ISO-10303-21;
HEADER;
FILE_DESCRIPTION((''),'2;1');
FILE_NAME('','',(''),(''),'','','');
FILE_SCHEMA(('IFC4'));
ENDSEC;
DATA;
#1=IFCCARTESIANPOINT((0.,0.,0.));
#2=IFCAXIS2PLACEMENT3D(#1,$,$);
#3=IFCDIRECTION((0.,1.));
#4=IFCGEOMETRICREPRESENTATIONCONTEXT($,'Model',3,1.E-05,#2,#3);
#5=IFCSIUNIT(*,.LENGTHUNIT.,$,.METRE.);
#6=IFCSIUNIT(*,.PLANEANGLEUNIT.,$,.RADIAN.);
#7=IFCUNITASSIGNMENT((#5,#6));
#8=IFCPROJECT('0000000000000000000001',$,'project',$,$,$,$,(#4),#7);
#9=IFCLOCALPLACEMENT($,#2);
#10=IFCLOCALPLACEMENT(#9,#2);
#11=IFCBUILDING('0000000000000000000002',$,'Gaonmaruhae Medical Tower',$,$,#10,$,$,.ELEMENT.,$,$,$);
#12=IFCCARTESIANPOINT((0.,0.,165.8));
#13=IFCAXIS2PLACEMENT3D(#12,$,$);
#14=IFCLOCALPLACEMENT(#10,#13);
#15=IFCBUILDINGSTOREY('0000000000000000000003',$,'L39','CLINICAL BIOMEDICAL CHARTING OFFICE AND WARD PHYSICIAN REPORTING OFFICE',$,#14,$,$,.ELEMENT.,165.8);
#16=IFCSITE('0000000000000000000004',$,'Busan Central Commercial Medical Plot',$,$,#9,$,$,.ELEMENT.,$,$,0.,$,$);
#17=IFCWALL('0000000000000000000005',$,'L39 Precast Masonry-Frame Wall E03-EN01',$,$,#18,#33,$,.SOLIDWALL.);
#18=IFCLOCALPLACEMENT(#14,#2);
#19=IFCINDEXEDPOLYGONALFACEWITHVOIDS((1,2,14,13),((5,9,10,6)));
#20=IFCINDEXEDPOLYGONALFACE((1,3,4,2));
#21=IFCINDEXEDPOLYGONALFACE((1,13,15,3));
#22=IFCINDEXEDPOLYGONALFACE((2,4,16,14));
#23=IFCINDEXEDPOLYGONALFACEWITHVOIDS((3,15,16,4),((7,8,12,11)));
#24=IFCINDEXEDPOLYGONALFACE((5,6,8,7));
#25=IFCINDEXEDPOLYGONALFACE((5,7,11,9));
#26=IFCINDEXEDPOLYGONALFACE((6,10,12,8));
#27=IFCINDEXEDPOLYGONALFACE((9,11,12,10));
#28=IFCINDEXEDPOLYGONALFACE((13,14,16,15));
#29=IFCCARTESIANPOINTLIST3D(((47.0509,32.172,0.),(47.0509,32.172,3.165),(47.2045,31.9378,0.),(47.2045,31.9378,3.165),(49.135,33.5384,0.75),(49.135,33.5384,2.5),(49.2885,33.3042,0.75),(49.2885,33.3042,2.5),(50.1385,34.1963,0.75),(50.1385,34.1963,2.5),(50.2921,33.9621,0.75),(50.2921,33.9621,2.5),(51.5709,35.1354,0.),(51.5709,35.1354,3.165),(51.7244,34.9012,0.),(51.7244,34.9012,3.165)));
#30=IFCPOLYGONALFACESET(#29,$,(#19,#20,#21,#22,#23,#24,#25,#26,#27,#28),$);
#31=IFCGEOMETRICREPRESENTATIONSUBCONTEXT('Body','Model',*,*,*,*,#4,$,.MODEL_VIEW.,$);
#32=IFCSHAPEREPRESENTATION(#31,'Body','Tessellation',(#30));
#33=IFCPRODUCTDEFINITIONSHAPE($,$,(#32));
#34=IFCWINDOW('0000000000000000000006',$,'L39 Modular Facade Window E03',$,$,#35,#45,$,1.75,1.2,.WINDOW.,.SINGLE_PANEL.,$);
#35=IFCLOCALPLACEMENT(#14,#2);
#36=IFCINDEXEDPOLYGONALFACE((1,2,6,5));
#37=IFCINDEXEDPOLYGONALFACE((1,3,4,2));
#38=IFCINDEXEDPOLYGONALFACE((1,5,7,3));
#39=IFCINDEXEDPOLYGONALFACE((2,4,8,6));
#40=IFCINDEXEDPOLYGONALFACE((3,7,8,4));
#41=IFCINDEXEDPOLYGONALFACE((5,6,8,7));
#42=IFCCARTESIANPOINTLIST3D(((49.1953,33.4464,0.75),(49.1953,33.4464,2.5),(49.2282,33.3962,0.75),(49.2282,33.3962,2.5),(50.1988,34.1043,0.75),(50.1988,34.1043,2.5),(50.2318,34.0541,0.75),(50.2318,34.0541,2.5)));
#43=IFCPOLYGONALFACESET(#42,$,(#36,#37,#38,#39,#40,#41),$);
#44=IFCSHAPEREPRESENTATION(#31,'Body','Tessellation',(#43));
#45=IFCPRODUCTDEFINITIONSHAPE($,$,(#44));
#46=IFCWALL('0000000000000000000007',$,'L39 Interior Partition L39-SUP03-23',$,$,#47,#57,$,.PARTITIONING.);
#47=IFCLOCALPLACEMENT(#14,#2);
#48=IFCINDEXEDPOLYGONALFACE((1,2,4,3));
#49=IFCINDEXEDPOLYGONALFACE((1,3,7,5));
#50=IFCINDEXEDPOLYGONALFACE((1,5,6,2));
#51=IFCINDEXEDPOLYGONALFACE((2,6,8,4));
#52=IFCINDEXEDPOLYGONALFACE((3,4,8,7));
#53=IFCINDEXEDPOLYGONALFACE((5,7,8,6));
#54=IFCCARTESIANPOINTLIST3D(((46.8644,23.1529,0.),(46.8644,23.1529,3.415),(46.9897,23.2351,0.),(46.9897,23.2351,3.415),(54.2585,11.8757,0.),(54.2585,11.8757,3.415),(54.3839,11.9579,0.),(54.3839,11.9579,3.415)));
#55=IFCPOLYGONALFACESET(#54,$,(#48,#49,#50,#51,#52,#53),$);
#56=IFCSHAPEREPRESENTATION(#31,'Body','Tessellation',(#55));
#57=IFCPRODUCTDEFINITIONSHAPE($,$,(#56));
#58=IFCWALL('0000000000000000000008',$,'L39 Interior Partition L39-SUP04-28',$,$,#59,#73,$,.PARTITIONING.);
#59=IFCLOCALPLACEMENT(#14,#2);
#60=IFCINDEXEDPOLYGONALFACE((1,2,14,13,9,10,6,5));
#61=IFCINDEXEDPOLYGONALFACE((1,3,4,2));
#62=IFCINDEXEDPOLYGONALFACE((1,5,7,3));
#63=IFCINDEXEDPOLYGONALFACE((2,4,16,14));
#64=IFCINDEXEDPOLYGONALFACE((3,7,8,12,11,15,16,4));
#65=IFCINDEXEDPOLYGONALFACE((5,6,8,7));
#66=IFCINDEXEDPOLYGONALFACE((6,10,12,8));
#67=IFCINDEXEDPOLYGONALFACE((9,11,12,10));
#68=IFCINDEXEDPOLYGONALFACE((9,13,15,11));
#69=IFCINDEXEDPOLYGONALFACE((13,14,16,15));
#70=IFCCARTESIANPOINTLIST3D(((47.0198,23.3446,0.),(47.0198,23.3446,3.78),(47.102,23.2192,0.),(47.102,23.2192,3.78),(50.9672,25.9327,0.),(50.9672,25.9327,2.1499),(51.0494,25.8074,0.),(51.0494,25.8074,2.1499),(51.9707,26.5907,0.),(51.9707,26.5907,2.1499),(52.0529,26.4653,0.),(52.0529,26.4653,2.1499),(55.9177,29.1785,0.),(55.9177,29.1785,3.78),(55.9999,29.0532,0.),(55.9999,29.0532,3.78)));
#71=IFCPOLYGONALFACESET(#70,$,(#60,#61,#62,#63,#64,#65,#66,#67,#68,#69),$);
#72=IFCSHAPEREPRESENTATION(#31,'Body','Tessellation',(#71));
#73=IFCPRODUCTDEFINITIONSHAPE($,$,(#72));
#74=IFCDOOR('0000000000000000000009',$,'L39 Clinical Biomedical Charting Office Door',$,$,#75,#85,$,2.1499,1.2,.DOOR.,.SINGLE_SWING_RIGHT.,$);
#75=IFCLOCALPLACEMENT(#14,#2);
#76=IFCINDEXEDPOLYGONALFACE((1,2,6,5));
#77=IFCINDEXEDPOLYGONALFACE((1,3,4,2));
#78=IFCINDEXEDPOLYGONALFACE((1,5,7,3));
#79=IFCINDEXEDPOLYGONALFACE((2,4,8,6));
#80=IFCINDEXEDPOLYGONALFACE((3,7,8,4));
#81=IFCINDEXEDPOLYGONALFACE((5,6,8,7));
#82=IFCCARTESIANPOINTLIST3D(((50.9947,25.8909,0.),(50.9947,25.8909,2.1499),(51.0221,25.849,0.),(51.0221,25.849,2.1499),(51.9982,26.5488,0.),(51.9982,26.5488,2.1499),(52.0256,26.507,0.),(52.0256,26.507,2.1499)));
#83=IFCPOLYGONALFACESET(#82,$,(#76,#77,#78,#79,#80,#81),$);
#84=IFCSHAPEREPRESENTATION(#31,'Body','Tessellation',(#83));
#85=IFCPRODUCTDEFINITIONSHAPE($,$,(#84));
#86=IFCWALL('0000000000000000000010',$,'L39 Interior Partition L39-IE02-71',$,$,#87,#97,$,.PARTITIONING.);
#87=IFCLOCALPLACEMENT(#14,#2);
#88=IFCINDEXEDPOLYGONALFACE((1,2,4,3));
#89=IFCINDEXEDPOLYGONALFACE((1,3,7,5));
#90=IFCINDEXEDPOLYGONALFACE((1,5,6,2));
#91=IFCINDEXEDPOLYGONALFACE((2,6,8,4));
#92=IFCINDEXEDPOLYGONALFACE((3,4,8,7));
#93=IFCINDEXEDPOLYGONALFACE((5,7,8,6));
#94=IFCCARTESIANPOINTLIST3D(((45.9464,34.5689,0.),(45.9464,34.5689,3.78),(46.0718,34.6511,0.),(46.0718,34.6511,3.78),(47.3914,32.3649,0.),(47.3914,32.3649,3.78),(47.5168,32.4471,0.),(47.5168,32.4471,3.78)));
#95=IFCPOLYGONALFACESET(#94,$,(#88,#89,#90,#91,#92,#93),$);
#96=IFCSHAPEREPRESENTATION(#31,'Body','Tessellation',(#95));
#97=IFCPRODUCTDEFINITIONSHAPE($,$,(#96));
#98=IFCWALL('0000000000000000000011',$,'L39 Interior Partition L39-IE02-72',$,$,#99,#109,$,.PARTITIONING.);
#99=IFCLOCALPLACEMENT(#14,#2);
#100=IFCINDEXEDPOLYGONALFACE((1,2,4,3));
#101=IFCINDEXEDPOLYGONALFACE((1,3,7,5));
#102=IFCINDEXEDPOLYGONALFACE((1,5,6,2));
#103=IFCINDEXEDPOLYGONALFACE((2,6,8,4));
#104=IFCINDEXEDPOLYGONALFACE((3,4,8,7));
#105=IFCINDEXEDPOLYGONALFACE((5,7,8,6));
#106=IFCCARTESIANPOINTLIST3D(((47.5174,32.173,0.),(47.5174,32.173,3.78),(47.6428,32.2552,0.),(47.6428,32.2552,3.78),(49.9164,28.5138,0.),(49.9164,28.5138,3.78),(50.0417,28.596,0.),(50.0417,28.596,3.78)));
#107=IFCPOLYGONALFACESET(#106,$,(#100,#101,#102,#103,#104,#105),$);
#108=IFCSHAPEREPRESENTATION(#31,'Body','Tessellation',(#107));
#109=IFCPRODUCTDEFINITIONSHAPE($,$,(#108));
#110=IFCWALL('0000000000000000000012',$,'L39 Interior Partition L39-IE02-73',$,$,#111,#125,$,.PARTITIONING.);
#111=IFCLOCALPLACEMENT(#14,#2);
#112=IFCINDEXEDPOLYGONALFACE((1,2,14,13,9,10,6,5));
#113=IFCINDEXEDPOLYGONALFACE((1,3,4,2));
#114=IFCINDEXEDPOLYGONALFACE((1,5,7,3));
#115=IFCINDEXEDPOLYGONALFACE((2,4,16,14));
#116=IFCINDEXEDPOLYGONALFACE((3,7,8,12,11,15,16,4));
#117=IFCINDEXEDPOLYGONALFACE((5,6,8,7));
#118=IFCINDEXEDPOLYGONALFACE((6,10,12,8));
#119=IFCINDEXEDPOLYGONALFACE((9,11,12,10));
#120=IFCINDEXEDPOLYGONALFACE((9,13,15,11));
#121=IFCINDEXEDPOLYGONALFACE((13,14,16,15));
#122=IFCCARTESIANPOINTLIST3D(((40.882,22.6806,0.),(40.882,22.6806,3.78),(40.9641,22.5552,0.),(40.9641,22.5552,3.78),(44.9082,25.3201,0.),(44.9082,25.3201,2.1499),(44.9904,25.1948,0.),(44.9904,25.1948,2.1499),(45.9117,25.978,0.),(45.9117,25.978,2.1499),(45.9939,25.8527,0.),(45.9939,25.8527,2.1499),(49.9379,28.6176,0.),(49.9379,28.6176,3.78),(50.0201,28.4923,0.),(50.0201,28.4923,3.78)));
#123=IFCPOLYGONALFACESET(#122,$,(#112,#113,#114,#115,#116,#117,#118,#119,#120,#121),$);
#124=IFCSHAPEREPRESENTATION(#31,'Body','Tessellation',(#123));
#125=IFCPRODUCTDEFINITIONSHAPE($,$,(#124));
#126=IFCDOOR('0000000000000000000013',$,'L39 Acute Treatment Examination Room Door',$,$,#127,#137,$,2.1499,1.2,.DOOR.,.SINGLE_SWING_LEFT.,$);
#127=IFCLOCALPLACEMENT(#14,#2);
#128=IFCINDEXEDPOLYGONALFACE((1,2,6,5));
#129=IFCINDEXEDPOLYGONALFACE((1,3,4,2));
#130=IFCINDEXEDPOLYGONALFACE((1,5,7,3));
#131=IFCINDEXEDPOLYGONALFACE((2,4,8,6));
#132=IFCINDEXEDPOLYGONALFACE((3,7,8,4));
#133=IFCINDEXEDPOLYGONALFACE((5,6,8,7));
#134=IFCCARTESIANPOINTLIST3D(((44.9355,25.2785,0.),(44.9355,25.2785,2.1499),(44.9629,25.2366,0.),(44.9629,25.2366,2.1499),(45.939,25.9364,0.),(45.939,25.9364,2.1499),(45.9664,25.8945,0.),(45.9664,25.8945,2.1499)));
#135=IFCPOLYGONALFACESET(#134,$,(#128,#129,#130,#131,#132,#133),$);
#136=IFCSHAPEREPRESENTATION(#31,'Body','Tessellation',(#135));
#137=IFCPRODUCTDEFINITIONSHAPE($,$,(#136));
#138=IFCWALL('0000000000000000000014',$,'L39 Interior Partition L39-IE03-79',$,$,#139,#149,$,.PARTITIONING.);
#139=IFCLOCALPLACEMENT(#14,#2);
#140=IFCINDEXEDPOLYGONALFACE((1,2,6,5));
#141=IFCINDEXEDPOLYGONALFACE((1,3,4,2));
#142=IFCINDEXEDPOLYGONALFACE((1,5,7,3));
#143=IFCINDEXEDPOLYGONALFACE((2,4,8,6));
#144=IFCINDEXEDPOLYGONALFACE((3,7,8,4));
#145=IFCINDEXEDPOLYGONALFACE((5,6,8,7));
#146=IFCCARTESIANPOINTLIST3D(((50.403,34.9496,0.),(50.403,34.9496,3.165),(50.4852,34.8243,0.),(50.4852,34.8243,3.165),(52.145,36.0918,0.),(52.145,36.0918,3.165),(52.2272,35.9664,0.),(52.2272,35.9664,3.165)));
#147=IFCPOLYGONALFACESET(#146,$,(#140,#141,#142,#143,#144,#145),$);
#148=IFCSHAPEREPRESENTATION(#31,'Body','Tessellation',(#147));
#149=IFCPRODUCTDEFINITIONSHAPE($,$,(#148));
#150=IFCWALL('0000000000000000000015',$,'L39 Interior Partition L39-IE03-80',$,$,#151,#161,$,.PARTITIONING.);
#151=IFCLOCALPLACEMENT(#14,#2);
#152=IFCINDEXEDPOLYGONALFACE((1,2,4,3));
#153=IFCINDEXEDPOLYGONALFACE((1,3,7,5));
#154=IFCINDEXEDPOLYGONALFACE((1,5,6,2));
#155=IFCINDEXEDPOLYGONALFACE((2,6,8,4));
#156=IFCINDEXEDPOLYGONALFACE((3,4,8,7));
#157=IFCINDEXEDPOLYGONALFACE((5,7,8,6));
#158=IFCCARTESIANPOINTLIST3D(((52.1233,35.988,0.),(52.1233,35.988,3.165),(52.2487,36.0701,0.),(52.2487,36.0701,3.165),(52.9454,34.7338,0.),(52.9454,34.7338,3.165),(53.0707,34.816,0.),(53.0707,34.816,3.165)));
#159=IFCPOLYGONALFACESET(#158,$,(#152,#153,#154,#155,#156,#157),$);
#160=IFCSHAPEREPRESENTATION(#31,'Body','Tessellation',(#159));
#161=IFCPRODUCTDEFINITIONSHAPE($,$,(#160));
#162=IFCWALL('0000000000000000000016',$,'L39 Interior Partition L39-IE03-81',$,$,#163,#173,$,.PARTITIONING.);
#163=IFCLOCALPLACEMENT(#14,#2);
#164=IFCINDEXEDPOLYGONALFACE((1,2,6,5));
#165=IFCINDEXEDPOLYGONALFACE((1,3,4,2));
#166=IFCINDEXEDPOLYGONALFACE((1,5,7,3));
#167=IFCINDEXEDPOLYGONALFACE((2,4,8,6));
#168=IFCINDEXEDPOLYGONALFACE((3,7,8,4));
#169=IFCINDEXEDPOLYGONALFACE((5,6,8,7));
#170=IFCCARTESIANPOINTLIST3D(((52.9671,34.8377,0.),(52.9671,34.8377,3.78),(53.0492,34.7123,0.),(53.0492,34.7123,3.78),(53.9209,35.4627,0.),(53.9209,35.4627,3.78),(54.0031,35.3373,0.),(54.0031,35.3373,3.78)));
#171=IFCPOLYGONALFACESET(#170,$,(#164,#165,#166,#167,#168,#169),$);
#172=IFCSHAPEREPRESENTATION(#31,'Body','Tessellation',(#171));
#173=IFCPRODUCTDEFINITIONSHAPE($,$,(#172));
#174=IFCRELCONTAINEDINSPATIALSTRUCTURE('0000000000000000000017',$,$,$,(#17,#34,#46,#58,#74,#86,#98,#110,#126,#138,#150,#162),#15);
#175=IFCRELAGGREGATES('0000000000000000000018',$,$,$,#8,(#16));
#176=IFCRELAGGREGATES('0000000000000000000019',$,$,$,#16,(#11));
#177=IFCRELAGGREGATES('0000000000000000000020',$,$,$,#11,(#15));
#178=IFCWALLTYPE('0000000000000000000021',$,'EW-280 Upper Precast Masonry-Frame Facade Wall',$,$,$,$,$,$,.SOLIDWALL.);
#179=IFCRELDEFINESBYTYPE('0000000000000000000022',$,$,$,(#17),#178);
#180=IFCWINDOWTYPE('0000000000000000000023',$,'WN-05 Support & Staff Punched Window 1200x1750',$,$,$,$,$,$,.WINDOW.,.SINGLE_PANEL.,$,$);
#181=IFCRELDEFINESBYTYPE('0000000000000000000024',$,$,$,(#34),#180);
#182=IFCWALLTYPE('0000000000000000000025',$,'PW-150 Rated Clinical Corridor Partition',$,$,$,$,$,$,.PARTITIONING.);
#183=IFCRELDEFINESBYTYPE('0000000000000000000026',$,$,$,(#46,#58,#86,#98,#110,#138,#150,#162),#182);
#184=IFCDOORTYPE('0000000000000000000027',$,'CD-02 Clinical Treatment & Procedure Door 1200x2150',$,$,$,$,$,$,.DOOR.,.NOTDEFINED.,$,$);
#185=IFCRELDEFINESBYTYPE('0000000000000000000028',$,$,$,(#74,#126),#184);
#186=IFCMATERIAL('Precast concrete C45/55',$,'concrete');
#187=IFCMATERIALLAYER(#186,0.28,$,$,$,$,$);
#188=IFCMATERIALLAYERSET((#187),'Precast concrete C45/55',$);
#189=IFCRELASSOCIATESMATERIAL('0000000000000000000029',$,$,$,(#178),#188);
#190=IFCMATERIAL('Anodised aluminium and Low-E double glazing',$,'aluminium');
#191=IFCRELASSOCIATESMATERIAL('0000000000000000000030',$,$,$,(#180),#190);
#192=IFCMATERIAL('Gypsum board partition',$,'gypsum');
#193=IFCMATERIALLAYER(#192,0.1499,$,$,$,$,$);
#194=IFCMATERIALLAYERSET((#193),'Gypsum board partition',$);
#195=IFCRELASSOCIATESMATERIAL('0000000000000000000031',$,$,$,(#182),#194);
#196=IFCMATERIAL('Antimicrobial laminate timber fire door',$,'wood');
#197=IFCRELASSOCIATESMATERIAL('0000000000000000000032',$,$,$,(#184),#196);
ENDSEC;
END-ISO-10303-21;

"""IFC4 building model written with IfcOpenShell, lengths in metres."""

from ifc_helpers import new_model, si_unit, direction, frame, frame_2d, origin, place, context, subcontext, project, spatial, rectangle, extrude, material, layer, layer_set, type_object, element, fill, save


model = new_model("IFC4")

# Units and contexts
model_context = context("Model", 3, precision=1e-05, world=origin(), true_north=direction((0.0, 1.0)))
body_context = subcontext(model_context, "Body", "Model", "MODEL_VIEW")
ifc_project = project(units=[si_unit("LENGTHUNIT", "METRE"), si_unit("PLANEANGLEUNIT", "RADIAN")], contexts=[model_context])

# Site, building, storey
site_placement = place(None, origin())
site = spatial("IfcSite", under=ifc_project, at=site_placement, Name="Busan Central Commercial Medical Plot", CompositionType="ELEMENT", RefElevation=0.0)
building_placement = place(site_placement, origin())
building = spatial("IfcBuilding", under=site, at=building_placement, Name="Gaonmaruhae Medical Tower", CompositionType="ELEMENT")
storey_placement = place(building_placement, frame((0.0, 0.0, 165.8)))
storey = spatial("IfcBuildingStorey", under=building, at=storey_placement, Name="L39", Description="CLINICAL BIOMEDICAL CHARTING OFFICE AND WARD PHYSICIAN REPORTING OFFICE", CompositionType="ELEMENT", Elevation=165.8)

# Shared definitions
ifc_material_1 = material(Name="Precast concrete C45/55", Category="concrete")
ifc_layer_1 = layer(ifc_material_1, 0.28)
ifc_layer_set_1 = layer_set([ifc_layer_1], Name="Precast concrete C45/55")
wall_type_1 = type_object("IfcWallType", Name="EW-280 Upper Precast Masonry-Frame Facade Wall", PredefinedType="SOLIDWALL", material=ifc_layer_set_1)

# Wall, opening, window
wall_1_placement = place(storey_placement, frame((47.1277, 32.0549, 0.0), z_axis=(0.0, 0.0, 1.0), x_axis=(0.836293, 0.548283, 0.0)))
wall_1 = element("IfcWall", 1, at=wall_1_placement, inside=storey, type_object=wall_type_1, Name="L39 Precast Masonry-Frame Wall E03-EN01", PredefinedType="SOLIDWALL", context=body_context, shape_type="SweptSolid", body=[
    extrude(rectangle(XDim=5.4048, YDim=0.28, at=frame_2d((2.7024, 0.0))), origin(), (0.0, 0.0, 1.0), 3.165),
])
opening_1_placement = place(wall_1_placement, frame((2.4919, 0.0, 0.75)))
opening_1 = element("IfcOpeningElement", 2, at=opening_1_placement, cuts=wall_1, PredefinedType="OPENING", context=body_context, shape_type="SweptSolid", body=[
    extrude(rectangle(XDim=1.2, YDim=1.75, at=frame_2d((0.6001, 0.875))), frame((0.0, 0.1499, 0.0), z_axis=(0.0, -1.0, 0.0), x_axis=(1.0, 0.0, 0.0)), (0.0, 0.0, 1.0), 0.3),
])
ifc_material_2 = material(Name="Anodised aluminium and Low-E double glazing", Category="aluminium")
window_type = type_object("IfcWindowType", Name="WN-05 Support & Staff Punched Window 1200x1750", PartitioningType="SINGLE_PANEL", PredefinedType="WINDOW", material=ifc_material_2)
window_placement = place(opening_1_placement, origin())
window = element("IfcWindow", 3, at=window_placement, inside=storey, type_object=window_type, Name="L39 Modular Facade Window E03", OverallHeight=1.75, OverallWidth=1.2, PartitioningType="SINGLE_PANEL", PredefinedType="WINDOW", context=body_context, shape_type="SweptSolid", body=[
    extrude(rectangle(XDim=1.2, YDim=1.75, at=frame_2d((0.6001, 0.875))), frame((0.0, 0.03, 0.0), z_axis=(0.0, -1.0, 0.0), x_axis=(1.0, 0.0, 0.0)), (0.0, 0.0, 1.0), 0.0601),
])
fill(opening_1, window)

# Wall
ifc_material_3 = material(Name="Gypsum board partition", Category="gypsum")
ifc_layer_2 = layer(ifc_material_3, 0.1499)
ifc_layer_set_2 = layer_set([ifc_layer_2], Name="Gypsum board partition")
wall_type_2 = type_object("IfcWallType", Name="PW-150 Rated Clinical Corridor Partition", PredefinedType="PARTITIONING", material=ifc_layer_set_2)
wall_2_placement = place(storey_placement, frame((46.927, 23.1941, 0.0), z_axis=(0.0, 0.0, 1.0), x_axis=(0.548317, -0.836271, 0.0)))
element("IfcWall", 4, at=wall_2_placement, inside=storey, type_object=wall_type_2, Name="L39 Interior Partition L39-SUP03-23", PredefinedType="PARTITIONING", context=body_context, shape_type="SweptSolid", body=[
    extrude(rectangle(XDim=13.4851, YDim=0.1499, at=frame_2d((6.7427, 0.0))), origin(), (0.0, 0.0, 1.0), 3.415),
])

# Wall, opening, door
wall_3_placement = place(storey_placement, frame((47.061, 23.282, 0.0), z_axis=(0.0, 0.0, 1.0), x_axis=(0.836276, 0.548309, 0.0)))
wall_3 = element("IfcWall", 5, at=wall_3_placement, inside=storey, type_object=wall_type_2, Name="L39 Interior Partition L39-SUP04-28", PredefinedType="PARTITIONING", context=body_context, shape_type="SweptSolid", body=[
    extrude(rectangle(XDim=10.6399, YDim=0.1499, at=frame_2d((5.3198, 0.0))), origin(), (0.0, 0.0, 1.0), 3.78),
])
opening_2_placement = place(wall_3_placement, frame((4.72, 0.0, 0.0)))
opening_2 = element("IfcOpeningElement", 6, at=opening_2_placement, cuts=wall_3, PredefinedType="OPENING", context=body_context, shape_type="SweptSolid", body=[
    extrude(rectangle(XDim=1.2, YDim=2.1499, at=frame_2d((0.6001, 1.075))), frame((0.0, 0.085, 0.0), z_axis=(0.0, -1.0, 0.0), x_axis=(1.0, 0.0, 0.0)), (0.0, 0.0, 1.0), 0.1699),
])
ifc_material_4 = material(Name="Antimicrobial laminate timber fire door", Category="wood")
door_type = type_object("IfcDoorType", Name="CD-02 Clinical Treatment & Procedure Door 1200x2150", OperationType="NOTDEFINED", PredefinedType="DOOR", material=ifc_material_4)
door_1_placement = place(opening_2_placement, origin())
door_1 = element("IfcDoor", 7, at=door_1_placement, inside=storey, type_object=door_type, Name="L39 Clinical Biomedical Charting Office Door", OperationType="SINGLE_SWING_RIGHT", OverallHeight=2.1499, OverallWidth=1.2, PredefinedType="DOOR", context=body_context, shape_type="SweptSolid", body=[
    extrude(rectangle(XDim=1.2, YDim=2.1499, at=frame_2d((0.6001, 1.075))), frame((0.0, 0.0249, 0.0), z_axis=(0.0, -1.0, 0.0), x_axis=(1.0, 0.0, 0.0)), (0.0, 0.0, 1.0), 0.05),
])
fill(opening_2, door_1)

# Walls
wall_4_placement = place(storey_placement, frame((46.009, 34.6101, 0.0), z_axis=(0.0, 0.0, 1.0), x_axis=(0.548292, -0.836287, 0.0)))
element("IfcWall", 8, at=wall_4_placement, inside=storey, type_object=wall_type_2, Name="L39 Interior Partition L39-IE02-71", PredefinedType="PARTITIONING", context=body_context, shape_type="SweptSolid", body=[
    extrude(rectangle(XDim=2.6355, YDim=0.1499, at=frame_2d((1.3179, 0.0))), origin(), (0.0, 0.0, 1.0), 3.78),
])
wall_5_placement = place(storey_placement, frame((47.5801, 32.2141, 0.0), z_axis=(0.0, 0.0, 1.0), x_axis=(0.548271, -0.836301, 0.0)))
element("IfcWall", 9, at=wall_5_placement, inside=storey, type_object=wall_type_2, Name="L39 Interior Partition L39-IE02-72", PredefinedType="PARTITIONING", context=body_context, shape_type="SweptSolid", body=[
    extrude(rectangle(XDim=4.3755, YDim=0.1499, at=frame_2d((2.1877, 0.0))), origin(), (0.0, 0.0, 1.0), 3.78),
])

# Wall, opening, door
wall_6_placement = place(storey_placement, frame((49.979, 28.5549, 0.0), z_axis=(0.0, 0.0, 1.0), x_axis=(-0.836299, -0.548274, 0.0)))
wall_6 = element("IfcWall", 10, at=wall_6_placement, inside=storey, type_object=wall_type_2, Name="L39 Interior Partition L39-IE02-73", PredefinedType="PARTITIONING", context=body_context, shape_type="SweptSolid", body=[
    extrude(rectangle(XDim=10.8286, YDim=0.1499, at=frame_2d((5.4143, 0.0))), origin(), (0.0, 0.0, 1.0), 3.78),
])
opening_3_placement = place(wall_6_placement, frame((4.8142, 0.0, 0.0)))
opening_3 = element("IfcOpeningElement", 11, at=opening_3_placement, cuts=wall_6, PredefinedType="OPENING", context=body_context, shape_type="SweptSolid", body=[
    extrude(rectangle(XDim=1.2, YDim=2.1499, at=frame_2d((0.6001, 1.075))), frame((0.0, 0.085, 0.0), z_axis=(0.0, -1.0, 0.0), x_axis=(1.0, 0.0, 0.0)), (0.0, 0.0, 1.0), 0.1699),
])
door_2_placement = place(opening_3_placement, origin())
door_2 = element("IfcDoor", 12, at=door_2_placement, inside=storey, type_object=door_type, Name="L39 Acute Treatment Examination Room Door", OperationType="SINGLE_SWING_LEFT", OverallHeight=2.1499, OverallWidth=1.2, PredefinedType="DOOR", context=body_context, shape_type="SweptSolid", body=[
    extrude(rectangle(XDim=1.2, YDim=2.1499, at=frame_2d((0.6001, 1.075))), frame((0.0, 0.0249, 0.0), z_axis=(0.0, -1.0, 0.0), x_axis=(1.0, 0.0, 0.0)), (0.0, 0.0, 1.0), 0.05),
])
fill(opening_3, door_2)

# Walls
wall_7_placement = place(storey_placement, frame((50.4441, 34.887, 0.0), z_axis=(0.0, 0.0, 1.0), x_axis=(0.836281, 0.548301, 0.0)))
element("IfcWall", 13, at=wall_7_placement, inside=storey, type_object=wall_type_2, Name="L39 Interior Partition L39-IE03-79", PredefinedType="PARTITIONING", context=body_context, shape_type="SweptSolid", body=[
    extrude(rectangle(XDim=2.083, YDim=0.1499, at=frame_2d((1.0415, 0.0))), origin(), (0.0, 0.0, 1.0), 3.165),
])
wall_8_placement = place(storey_placement, frame((52.186, 36.0291, 0.0), z_axis=(0.0, 0.0, 1.0), x_axis=(0.548183, -0.836358, 0.0)))
element("IfcWall", 14, at=wall_8_placement, inside=storey, type_object=wall_type_2, Name="L39 Interior Partition L39-IE03-80", PredefinedType="PARTITIONING", context=body_context, shape_type="SweptSolid", body=[
    extrude(rectangle(XDim=1.4995, YDim=0.1499, at=frame_2d((0.7498, 0.0))), origin(), (0.0, 0.0, 1.0), 3.165),
])
wall_9_placement = place(storey_placement, frame((53.0081, 34.7749, 0.0), z_axis=(0.0, 0.0, 1.0), x_axis=(0.836437, 0.548062, 0.0)))
element("IfcWall", 15, at=wall_9_placement, inside=storey, type_object=wall_type_2, Name="L39 Interior Partition L39-IE03-81", PredefinedType="PARTITIONING", context=body_context, shape_type="SweptSolid", body=[
    extrude(rectangle(XDim=1.1404, YDim=0.1499, at=frame_2d((0.5703, 0.0))), origin(), (0.0, 0.0, 1.0), 3.78),
])

save(model, "model.ifc")
